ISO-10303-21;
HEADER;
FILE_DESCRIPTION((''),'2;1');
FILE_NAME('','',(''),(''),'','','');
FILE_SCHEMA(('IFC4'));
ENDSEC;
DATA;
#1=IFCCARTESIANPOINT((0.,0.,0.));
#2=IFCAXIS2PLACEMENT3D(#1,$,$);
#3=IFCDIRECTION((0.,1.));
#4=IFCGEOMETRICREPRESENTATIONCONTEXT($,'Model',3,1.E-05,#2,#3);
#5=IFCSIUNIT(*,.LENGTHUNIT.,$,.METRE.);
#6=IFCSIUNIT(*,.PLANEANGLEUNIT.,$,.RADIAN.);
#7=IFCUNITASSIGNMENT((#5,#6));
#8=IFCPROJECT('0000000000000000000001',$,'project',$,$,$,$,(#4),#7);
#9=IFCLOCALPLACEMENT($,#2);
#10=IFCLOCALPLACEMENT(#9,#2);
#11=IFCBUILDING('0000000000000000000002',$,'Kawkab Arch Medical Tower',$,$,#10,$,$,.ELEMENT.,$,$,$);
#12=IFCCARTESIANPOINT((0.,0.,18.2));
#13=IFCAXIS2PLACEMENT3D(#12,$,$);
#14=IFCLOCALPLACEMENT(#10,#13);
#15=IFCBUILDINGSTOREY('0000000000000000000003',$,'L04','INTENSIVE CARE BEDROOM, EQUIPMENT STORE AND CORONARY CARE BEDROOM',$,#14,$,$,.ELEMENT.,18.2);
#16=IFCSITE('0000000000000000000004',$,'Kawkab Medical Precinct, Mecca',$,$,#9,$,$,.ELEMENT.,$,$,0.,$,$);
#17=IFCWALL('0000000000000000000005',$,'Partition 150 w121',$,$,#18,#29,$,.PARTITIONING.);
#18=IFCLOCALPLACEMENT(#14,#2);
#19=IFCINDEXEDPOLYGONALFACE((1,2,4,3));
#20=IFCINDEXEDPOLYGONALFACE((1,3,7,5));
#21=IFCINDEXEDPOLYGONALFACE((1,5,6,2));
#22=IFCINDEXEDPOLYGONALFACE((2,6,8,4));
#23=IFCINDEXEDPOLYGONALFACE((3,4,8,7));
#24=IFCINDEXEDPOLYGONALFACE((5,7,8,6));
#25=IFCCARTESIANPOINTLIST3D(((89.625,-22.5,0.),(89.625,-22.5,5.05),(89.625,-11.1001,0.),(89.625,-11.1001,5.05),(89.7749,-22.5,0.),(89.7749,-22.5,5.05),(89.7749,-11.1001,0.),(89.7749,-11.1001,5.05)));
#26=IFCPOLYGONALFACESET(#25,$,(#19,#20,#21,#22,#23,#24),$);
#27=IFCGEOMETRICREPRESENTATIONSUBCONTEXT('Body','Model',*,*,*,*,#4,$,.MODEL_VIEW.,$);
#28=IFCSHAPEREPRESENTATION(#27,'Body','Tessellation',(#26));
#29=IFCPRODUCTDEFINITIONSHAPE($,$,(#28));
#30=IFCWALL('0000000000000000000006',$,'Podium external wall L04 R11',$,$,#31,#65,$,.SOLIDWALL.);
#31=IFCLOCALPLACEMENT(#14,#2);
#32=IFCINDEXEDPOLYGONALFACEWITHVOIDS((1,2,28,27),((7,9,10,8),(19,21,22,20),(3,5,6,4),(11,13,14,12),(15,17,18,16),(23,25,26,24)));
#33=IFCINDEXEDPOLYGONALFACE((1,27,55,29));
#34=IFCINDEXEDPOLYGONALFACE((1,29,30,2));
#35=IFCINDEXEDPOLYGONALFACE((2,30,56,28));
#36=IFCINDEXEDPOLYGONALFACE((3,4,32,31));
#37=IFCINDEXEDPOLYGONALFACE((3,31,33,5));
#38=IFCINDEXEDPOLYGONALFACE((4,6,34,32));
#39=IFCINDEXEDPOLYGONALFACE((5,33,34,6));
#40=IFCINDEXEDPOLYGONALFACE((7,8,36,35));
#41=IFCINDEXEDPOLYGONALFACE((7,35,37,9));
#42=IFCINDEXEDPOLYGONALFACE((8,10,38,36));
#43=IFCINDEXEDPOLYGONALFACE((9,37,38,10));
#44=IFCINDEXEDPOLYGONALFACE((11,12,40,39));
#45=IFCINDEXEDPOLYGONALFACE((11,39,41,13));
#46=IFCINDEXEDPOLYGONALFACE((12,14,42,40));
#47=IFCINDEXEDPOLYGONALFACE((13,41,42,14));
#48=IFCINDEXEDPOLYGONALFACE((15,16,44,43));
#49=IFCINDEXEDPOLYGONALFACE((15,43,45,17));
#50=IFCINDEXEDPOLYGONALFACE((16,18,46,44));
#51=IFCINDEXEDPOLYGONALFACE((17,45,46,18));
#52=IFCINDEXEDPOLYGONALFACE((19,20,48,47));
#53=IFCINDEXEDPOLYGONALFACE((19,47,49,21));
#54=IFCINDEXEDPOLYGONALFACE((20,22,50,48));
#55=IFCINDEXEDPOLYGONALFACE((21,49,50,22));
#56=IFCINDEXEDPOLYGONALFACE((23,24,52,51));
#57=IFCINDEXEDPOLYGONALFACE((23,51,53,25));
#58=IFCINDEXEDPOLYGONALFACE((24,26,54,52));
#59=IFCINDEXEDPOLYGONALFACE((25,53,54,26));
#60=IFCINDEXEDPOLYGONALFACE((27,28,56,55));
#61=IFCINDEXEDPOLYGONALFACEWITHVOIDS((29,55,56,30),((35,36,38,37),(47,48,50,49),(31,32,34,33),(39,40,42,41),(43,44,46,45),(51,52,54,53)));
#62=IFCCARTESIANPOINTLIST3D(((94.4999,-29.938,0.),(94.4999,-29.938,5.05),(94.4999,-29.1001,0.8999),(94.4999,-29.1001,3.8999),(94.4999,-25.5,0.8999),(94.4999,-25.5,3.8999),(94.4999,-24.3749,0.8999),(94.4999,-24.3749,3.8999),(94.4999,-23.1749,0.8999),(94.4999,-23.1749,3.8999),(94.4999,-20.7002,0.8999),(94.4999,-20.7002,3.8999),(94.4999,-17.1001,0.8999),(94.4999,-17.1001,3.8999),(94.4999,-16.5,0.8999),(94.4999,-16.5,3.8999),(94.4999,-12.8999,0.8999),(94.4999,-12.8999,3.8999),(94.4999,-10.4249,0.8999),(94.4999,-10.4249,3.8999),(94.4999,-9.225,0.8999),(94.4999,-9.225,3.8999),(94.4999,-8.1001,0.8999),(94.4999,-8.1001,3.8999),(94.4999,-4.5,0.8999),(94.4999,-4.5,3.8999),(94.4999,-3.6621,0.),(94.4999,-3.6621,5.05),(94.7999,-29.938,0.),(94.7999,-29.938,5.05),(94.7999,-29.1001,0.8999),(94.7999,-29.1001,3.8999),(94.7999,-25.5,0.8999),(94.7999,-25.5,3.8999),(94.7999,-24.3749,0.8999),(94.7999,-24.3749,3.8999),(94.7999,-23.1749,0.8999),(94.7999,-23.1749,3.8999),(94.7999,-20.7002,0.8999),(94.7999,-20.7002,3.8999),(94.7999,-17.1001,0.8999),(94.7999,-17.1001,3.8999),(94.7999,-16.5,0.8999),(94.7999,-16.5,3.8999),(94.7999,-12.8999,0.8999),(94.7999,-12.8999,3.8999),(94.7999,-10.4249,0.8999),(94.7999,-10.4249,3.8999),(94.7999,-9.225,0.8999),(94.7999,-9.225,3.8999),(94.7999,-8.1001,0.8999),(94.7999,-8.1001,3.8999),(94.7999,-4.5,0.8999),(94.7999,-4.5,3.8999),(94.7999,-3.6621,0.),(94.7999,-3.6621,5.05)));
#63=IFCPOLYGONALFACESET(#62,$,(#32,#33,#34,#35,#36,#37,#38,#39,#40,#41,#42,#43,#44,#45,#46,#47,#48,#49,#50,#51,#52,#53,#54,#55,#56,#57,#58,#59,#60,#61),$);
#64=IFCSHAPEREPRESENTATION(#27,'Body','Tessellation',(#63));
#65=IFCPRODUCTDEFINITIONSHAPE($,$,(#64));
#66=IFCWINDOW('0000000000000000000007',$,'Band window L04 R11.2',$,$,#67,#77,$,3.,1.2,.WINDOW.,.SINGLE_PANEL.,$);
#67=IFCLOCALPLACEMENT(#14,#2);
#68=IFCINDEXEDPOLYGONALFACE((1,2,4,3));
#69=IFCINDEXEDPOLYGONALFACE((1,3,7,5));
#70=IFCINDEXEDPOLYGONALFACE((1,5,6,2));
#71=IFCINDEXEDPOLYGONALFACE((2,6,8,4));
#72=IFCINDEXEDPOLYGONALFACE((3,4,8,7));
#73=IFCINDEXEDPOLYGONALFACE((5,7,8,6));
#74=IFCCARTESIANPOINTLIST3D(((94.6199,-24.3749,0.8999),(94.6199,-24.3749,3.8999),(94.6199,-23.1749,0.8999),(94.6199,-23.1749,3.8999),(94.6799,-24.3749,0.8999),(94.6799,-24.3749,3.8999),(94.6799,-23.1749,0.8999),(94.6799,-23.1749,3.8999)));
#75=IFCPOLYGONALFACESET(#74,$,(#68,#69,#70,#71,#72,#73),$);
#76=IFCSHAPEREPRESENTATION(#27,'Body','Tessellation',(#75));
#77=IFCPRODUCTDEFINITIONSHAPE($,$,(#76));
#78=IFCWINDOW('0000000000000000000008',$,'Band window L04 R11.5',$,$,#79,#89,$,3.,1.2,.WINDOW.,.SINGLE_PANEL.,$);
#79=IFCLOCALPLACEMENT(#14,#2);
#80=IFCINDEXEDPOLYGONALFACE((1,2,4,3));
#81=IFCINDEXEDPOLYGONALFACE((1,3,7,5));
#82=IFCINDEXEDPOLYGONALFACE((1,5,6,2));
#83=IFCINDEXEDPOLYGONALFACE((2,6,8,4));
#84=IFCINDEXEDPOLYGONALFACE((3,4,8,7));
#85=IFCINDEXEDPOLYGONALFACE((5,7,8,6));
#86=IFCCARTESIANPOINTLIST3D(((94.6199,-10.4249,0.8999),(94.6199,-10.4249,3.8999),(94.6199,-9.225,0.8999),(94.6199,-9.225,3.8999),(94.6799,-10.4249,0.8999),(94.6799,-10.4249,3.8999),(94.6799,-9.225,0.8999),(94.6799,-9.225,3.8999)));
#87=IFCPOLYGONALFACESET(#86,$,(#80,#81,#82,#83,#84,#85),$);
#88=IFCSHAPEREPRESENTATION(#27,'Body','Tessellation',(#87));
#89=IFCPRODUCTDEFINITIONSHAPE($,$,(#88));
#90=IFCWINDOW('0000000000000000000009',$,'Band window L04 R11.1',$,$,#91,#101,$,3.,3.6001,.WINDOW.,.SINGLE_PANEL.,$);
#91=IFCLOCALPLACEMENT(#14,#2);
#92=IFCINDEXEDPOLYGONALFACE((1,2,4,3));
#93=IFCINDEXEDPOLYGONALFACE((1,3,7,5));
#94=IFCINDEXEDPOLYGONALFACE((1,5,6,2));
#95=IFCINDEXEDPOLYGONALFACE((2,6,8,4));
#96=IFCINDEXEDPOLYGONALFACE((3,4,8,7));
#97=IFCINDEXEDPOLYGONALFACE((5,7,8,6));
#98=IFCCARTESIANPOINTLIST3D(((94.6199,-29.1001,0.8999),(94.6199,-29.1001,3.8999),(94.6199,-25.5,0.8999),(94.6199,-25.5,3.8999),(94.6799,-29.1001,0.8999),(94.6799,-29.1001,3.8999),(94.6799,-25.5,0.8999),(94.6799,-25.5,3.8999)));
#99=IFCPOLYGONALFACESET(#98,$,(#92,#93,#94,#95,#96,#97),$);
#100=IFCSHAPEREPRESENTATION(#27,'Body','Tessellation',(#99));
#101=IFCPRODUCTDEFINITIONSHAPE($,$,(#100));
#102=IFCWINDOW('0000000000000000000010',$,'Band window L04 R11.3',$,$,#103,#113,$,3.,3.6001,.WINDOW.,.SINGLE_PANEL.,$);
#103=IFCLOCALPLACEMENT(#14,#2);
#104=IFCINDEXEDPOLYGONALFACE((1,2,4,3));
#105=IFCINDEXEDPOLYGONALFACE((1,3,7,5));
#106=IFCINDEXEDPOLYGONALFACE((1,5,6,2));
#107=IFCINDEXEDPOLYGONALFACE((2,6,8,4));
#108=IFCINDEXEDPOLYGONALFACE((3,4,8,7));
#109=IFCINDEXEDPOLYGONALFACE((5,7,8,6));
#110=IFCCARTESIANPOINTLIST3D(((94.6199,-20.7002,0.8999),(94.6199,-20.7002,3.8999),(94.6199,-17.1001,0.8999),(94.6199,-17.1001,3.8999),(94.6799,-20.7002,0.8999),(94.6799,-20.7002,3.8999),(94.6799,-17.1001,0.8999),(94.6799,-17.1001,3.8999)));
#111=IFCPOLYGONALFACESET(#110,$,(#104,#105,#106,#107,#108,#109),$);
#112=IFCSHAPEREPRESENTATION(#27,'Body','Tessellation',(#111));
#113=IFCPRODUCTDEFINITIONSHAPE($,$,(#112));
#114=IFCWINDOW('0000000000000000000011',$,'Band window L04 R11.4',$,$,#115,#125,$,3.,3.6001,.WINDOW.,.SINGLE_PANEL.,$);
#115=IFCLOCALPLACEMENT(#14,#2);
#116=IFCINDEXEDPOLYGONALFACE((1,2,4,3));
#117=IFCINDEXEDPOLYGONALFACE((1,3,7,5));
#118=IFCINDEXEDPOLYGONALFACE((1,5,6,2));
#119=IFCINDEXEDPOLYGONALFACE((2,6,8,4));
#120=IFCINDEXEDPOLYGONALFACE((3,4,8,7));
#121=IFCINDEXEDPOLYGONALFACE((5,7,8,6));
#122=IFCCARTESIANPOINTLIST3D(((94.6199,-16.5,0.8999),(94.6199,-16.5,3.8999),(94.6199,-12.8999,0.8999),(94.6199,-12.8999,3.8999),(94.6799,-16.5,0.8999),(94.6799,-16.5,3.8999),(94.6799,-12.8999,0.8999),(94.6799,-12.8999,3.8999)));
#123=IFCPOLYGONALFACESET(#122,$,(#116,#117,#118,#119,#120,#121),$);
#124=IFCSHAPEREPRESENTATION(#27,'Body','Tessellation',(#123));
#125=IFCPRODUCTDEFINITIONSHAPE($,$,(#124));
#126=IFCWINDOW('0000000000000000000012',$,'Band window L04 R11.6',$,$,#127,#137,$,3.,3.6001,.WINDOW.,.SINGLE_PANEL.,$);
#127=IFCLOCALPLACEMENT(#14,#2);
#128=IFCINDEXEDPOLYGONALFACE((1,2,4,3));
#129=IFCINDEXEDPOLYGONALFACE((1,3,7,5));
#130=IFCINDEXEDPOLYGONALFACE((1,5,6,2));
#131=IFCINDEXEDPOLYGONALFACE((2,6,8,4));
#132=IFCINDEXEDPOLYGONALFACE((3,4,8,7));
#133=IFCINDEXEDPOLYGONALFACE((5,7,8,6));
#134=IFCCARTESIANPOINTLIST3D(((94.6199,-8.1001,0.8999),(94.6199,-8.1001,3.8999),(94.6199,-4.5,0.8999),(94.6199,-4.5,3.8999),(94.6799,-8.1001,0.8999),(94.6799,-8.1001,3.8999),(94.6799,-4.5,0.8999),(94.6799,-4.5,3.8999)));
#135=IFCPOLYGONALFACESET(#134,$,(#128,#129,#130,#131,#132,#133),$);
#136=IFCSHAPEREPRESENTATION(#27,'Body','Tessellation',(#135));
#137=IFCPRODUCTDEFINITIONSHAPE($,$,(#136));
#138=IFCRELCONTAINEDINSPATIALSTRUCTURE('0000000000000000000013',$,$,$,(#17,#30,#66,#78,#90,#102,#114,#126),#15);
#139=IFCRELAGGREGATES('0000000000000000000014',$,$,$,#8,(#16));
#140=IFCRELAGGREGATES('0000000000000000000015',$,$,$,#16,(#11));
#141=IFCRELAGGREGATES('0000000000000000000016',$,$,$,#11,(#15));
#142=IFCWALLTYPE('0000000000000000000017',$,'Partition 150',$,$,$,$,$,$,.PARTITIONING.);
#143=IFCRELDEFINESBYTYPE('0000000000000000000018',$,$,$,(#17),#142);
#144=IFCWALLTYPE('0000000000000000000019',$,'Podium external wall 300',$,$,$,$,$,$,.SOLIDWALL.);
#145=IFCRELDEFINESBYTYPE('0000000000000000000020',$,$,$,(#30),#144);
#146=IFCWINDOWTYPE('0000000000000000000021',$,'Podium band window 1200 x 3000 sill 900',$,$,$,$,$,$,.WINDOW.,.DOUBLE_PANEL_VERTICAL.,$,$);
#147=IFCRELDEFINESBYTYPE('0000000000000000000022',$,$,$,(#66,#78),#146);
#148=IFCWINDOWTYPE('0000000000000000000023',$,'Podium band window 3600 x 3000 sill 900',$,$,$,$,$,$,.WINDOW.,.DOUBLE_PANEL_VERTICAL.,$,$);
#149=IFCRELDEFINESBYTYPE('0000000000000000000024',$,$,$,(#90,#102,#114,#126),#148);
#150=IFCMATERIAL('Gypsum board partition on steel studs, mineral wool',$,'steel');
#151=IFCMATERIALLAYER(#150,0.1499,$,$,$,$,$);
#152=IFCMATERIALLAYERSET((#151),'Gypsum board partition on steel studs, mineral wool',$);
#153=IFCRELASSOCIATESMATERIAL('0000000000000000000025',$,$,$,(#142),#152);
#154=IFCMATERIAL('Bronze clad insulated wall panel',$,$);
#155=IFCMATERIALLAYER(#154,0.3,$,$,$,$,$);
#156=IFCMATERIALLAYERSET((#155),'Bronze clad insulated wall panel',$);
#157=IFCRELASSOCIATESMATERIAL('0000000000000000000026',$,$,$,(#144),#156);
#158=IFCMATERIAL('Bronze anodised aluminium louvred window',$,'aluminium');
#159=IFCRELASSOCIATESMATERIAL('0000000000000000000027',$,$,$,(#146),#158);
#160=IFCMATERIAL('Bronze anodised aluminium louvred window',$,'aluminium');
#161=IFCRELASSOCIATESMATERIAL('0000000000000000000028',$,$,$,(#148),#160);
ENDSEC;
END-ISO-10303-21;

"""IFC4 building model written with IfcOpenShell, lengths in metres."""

from ifc_helpers import new_model, si_unit, direction, frame, frame_2d, origin, place, context, subcontext, project, spatial, rectangle, extrude, material, layer, layer_set, type_object, element, fill, save


model = new_model("IFC4")

# Units and contexts
model_context = context("Model", 3, precision=1e-05, world=origin(), true_north=direction((0.0, 1.0)))
body_context = subcontext(model_context, "Body", "Model", "MODEL_VIEW")
ifc_project = project(units=[si_unit("LENGTHUNIT", "METRE"), si_unit("PLANEANGLEUNIT", "RADIAN")], contexts=[model_context])

# Site, building, storey
site_placement = place(None, origin())
site = spatial("IfcSite", under=ifc_project, at=site_placement, Name="Kawkab Medical Precinct, Mecca", CompositionType="ELEMENT", RefElevation=0.0)
building_placement = place(site_placement, origin())
building = spatial("IfcBuilding", under=site, at=building_placement, Name="Kawkab Arch Medical Tower", CompositionType="ELEMENT")
storey_placement = place(building_placement, frame((0.0, 0.0, 18.2)))
storey = spatial("IfcBuildingStorey", under=building, at=storey_placement, Name="L04", Description="INTENSIVE CARE BEDROOM, EQUIPMENT STORE AND CORONARY CARE BEDROOM", CompositionType="ELEMENT", Elevation=18.2)

# Wall
ifc_material_1 = material(Name="Gypsum board partition on steel studs, mineral wool", Category="steel")
ifc_layer_1 = layer(ifc_material_1, 0.1499)
ifc_layer_set_1 = layer_set([ifc_layer_1], Name="Gypsum board partition on steel studs, mineral wool")
wall_type_1 = type_object("IfcWallType", Name="Partition 150", PredefinedType="PARTITIONING", material=ifc_layer_set_1)
wall_1_placement = place(storey_placement, frame((89.7, -22.5, 0.0), z_axis=(0.0, 0.0, 1.0), x_axis=(0.0, 1.0, 0.0)))
element("IfcWall", 1, at=wall_1_placement, inside=storey, type_object=wall_type_1, Name="Partition 150 w121", PredefinedType="PARTITIONING", context=body_context, shape_type="SweptSolid", body=[
    extrude(rectangle(XDim=11.3999, YDim=0.1499, at=frame_2d((5.7, 0.0))), origin(), (0.0, 0.0, 1.0), 5.05),
])

# Wall, openings, windows
ifc_material_2 = material(Name="Bronze clad insulated wall panel")
ifc_layer_2 = layer(ifc_material_2, 0.3)
ifc_layer_set_2 = layer_set([ifc_layer_2], Name="Bronze clad insulated wall panel")
wall_type_2 = type_object("IfcWallType", Name="Podium external wall 300", PredefinedType="SOLIDWALL", material=ifc_layer_set_2)
wall_2_placement = place(storey_placement, frame((94.6499, -29.938, 0.0), z_axis=(0.0, 0.0, 1.0), x_axis=(0.0, 1.0, 0.0)))
wall_2 = element("IfcWall", 2, at=wall_2_placement, inside=storey, type_object=wall_type_2, Name="Podium external wall L04 R11", PredefinedType="SOLIDWALL", context=body_context, shape_type="SweptSolid", body=[
    extrude(rectangle(XDim=26.2759, YDim=0.3, at=frame_2d((13.1379, 0.0))), origin(), (0.0, 0.0, 1.0), 5.05),
])
opening_1_placement = place(wall_2_placement, frame((0.8379, 0.0, 0.8999)))
opening_1 = element("IfcOpeningElement", 3, at=opening_1_placement, cuts=wall_2, PredefinedType="OPENING", context=body_context, shape_type="SweptSolid", body=[
    extrude(rectangle(XDim=3.6001, YDim=3.0, at=frame_2d((1.8, 1.5))), frame((0.0, 0.1599, 0.0), z_axis=(0.0, -1.0, 0.0), x_axis=(1.0, 0.0, 0.0)), (0.0, 0.0, 1.0), 0.3201),
])
opening_2_placement = place(wall_2_placement, frame((5.563, 0.0, 0.8999)))
opening_2 = element("IfcOpeningElement", 4, at=opening_2_placement, cuts=wall_2, PredefinedType="OPENING", context=body_context, shape_type="SweptSolid", body=[
    extrude(rectangle(XDim=1.2, YDim=3.0, at=frame_2d((0.6001, 1.5))), frame((0.0, 0.1599, 0.0), z_axis=(0.0, -1.0, 0.0), x_axis=(1.0, 0.0, 0.0)), (0.0, 0.0, 1.0), 0.3201),
])
opening_3_placement = place(wall_2_placement, frame((9.2378, 0.0, 0.8999)))
opening_3 = element("IfcOpeningElement", 5, at=opening_3_placement, cuts=wall_2, PredefinedType="OPENING", context=body_context, shape_type="SweptSolid", body=[
    extrude(rectangle(XDim=3.6001, YDim=3.0, at=frame_2d((1.8, 1.5))), frame((0.0, 0.1599, 0.0), z_axis=(0.0, -1.0, 0.0), x_axis=(1.0, 0.0, 0.0)), (0.0, 0.0, 1.0), 0.3201),
])
opening_4_placement = place(wall_2_placement, frame((13.438, 0.0, 0.8999)))
opening_4 = element("IfcOpeningElement", 6, at=opening_4_placement, cuts=wall_2, PredefinedType="OPENING", context=body_context, shape_type="SweptSolid", body=[
    extrude(rectangle(XDim=3.6001, YDim=3.0, at=frame_2d((1.8, 1.5))), frame((0.0, 0.1599, 0.0), z_axis=(0.0, -1.0, 0.0), x_axis=(1.0, 0.0, 0.0)), (0.0, 0.0, 1.0), 0.3201),
])
opening_5_placement = place(wall_2_placement, frame((19.5129, 0.0, 0.8999)))
opening_5 = element("IfcOpeningElement", 7, at=opening_5_placement, cuts=wall_2, PredefinedType="OPENING", context=body_context, shape_type="SweptSolid", body=[
    extrude(rectangle(XDim=1.2, YDim=3.0, at=frame_2d((0.6001, 1.5))), frame((0.0, 0.1599, 0.0), z_axis=(0.0, -1.0, 0.0), x_axis=(1.0, 0.0, 0.0)), (0.0, 0.0, 1.0), 0.3201),
])
opening_6_placement = place(wall_2_placement, frame((21.8379, 0.0, 0.8999)))
opening_6 = element("IfcOpeningElement", 8, at=opening_6_placement, cuts=wall_2, PredefinedType="OPENING", context=body_context, shape_type="SweptSolid", body=[
    extrude(rectangle(XDim=3.6001, YDim=3.0, at=frame_2d((1.8, 1.5))), frame((0.0, 0.1599, 0.0), z_axis=(0.0, -1.0, 0.0), x_axis=(1.0, 0.0, 0.0)), (0.0, 0.0, 1.0), 0.3201),
])
ifc_material_3 = material(Name="Bronze anodised aluminium louvred window", Category="aluminium")
window_type_1 = type_object("IfcWindowType", Name="Podium band window 1200 x 3000 sill 900", PartitioningType="DOUBLE_PANEL_VERTICAL", PredefinedType="WINDOW", material=ifc_material_3)
window_1_placement = place(opening_2_placement, origin())
window_1 = element("IfcWindow", 9, at=window_1_placement, inside=storey, type_object=window_type_1, Name="Band window L04 R11.2", OverallHeight=3.0, OverallWidth=1.2, PartitioningType="SINGLE_PANEL", PredefinedType="WINDOW", context=body_context, shape_type="SweptSolid", body=[
    extrude(rectangle(XDim=1.2, YDim=3.0, at=frame_2d((0.6001, 1.5))), frame((0.0, 0.03, 0.0), z_axis=(0.0, -1.0, 0.0), x_axis=(1.0, 0.0, 0.0)), (0.0, 0.0, 1.0), 0.0601),
])
fill(opening_2, window_1)
window_2_placement = place(opening_5_placement, origin())
window_2 = element("IfcWindow", 10, at=window_2_placement, inside=storey, type_object=window_type_1, Name="Band window L04 R11.5", OverallHeight=3.0, OverallWidth=1.2, PartitioningType="SINGLE_PANEL", PredefinedType="WINDOW", context=body_context, shape_type="SweptSolid", body=[
    extrude(rectangle(XDim=1.2, YDim=3.0, at=frame_2d((0.6001, 1.5))), frame((0.0, 0.03, 0.0), z_axis=(0.0, -1.0, 0.0), x_axis=(1.0, 0.0, 0.0)), (0.0, 0.0, 1.0), 0.0601),
])
fill(opening_5, window_2)
ifc_material_4 = material(Name="Bronze anodised aluminium louvred window", Category="aluminium")
window_type_2 = type_object("IfcWindowType", Name="Podium band window 3600 x 3000 sill 900", PartitioningType="DOUBLE_PANEL_VERTICAL", PredefinedType="WINDOW", material=ifc_material_4)
window_3_placement = place(opening_1_placement, origin())
window_3 = element("IfcWindow", 11, at=window_3_placement, inside=storey, type_object=window_type_2, Name="Band window L04 R11.1", OverallHeight=3.0, OverallWidth=3.6001, PartitioningType="SINGLE_PANEL", PredefinedType="WINDOW", context=body_context, shape_type="SweptSolid", body=[
    extrude(rectangle(XDim=3.6001, YDim=3.0, at=frame_2d((1.8, 1.5))), frame((0.0, 0.03, 0.0), z_axis=(0.0, -1.0, 0.0), x_axis=(1.0, 0.0, 0.0)), (0.0, 0.0, 1.0), 0.0601),
])
fill(opening_1, window_3)
window_4_placement = place(opening_3_placement, origin())
window_4 = element("IfcWindow", 12, at=window_4_placement, inside=storey, type_object=window_type_2, Name="Band window L04 R11.3", OverallHeight=3.0, OverallWidth=3.6001, PartitioningType="SINGLE_PANEL", PredefinedType="WINDOW", context=body_context, shape_type="SweptSolid", body=[
    extrude(rectangle(XDim=3.6001, YDim=3.0, at=frame_2d((1.8, 1.5))), frame((0.0, 0.03, 0.0), z_axis=(0.0, -1.0, 0.0), x_axis=(1.0, 0.0, 0.0)), (0.0, 0.0, 1.0), 0.0601),
])
fill(opening_3, window_4)
window_5_placement = place(opening_4_placement, origin())
window_5 = element("IfcWindow", 13, at=window_5_placement, inside=storey, type_object=window_type_2, Name="Band window L04 R11.4", OverallHeight=3.0, OverallWidth=3.6001, PartitioningType="SINGLE_PANEL", PredefinedType="WINDOW", context=body_context, shape_type="SweptSolid", body=[
    extrude(rectangle(XDim=3.6001, YDim=3.0, at=frame_2d((1.8, 1.5))), frame((0.0, 0.03, 0.0), z_axis=(0.0, -1.0, 0.0), x_axis=(1.0, 0.0, 0.0)), (0.0, 0.0, 1.0), 0.0601),
])
fill(opening_4, window_5)
window_6_placement = place(opening_6_placement, origin())
window_6 = element("IfcWindow", 14, at=window_6_placement, inside=storey, type_object=window_type_2, Name="Band window L04 R11.6", OverallHeight=3.0, OverallWidth=3.6001, PartitioningType="SINGLE_PANEL", PredefinedType="WINDOW", context=body_context, shape_type="SweptSolid", body=[
    extrude(rectangle(XDim=3.6001, YDim=3.0, at=frame_2d((1.8, 1.5))), frame((0.0, 0.03, 0.0), z_axis=(0.0, -1.0, 0.0), x_axis=(1.0, 0.0, 0.0)), (0.0, 0.0, 1.0), 0.0601),
])
fill(opening_6, window_6)

save(model, "model.ifc")
